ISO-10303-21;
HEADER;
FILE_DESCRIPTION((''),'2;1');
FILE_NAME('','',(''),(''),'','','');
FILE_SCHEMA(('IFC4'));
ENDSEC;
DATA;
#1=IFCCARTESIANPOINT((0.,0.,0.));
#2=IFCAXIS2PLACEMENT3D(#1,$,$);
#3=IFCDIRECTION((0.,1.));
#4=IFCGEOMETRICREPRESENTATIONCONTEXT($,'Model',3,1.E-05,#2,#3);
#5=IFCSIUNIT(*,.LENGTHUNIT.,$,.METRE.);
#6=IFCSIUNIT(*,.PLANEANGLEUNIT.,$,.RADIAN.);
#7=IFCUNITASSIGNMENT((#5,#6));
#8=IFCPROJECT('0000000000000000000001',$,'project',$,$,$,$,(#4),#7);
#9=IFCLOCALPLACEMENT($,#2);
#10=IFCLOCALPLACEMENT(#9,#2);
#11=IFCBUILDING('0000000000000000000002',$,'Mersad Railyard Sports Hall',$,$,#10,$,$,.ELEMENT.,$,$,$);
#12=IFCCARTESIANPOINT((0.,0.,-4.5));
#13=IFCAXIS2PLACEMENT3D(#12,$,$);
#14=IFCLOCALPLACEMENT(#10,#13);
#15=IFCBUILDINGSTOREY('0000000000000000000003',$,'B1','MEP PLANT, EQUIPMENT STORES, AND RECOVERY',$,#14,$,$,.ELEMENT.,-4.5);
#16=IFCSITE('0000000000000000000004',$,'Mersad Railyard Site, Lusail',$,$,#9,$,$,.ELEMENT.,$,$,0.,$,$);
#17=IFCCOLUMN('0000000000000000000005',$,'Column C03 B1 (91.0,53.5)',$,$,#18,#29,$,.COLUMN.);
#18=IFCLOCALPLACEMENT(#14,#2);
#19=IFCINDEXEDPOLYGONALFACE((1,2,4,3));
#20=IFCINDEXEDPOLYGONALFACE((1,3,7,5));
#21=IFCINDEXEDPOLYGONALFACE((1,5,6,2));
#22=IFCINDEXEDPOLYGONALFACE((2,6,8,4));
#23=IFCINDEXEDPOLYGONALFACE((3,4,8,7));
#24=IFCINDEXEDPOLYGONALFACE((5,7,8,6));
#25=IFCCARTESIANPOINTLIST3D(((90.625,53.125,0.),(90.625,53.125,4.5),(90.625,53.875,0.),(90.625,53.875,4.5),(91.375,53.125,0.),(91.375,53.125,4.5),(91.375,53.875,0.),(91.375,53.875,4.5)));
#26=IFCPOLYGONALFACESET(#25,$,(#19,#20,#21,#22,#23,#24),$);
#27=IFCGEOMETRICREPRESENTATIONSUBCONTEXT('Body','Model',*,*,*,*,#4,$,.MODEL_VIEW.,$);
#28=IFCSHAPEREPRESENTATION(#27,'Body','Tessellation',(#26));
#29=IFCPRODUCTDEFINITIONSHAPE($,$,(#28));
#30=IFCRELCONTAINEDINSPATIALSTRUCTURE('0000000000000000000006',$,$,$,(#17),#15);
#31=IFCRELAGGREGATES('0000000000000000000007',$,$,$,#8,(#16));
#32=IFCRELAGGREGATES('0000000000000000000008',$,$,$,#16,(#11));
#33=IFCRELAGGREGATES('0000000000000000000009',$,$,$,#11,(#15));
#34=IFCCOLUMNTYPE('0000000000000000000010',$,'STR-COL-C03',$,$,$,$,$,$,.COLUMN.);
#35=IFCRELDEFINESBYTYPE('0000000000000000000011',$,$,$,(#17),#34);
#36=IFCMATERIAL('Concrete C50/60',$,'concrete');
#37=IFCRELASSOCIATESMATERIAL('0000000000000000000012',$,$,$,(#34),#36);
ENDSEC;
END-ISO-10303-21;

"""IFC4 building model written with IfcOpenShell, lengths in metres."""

from ifc_helpers import new_model, si_unit, direction, frame, origin, origin_2d, place, context, subcontext, project, spatial, rectangle, extrude, material, material_profile, profile_set, type_object, element, save


model = new_model("IFC4")

# Units and contexts
model_context = context("Model", 3, precision=1e-05, world=origin(), true_north=direction((0.0, 1.0)))
body_context = subcontext(model_context, "Body", "Model", "MODEL_VIEW")
ifc_project = project(units=[si_unit("LENGTHUNIT", "METRE"), si_unit("PLANEANGLEUNIT", "RADIAN")], contexts=[model_context])

# Site, building, storey
site_placement = place(None, origin())
site = spatial("IfcSite", under=ifc_project, at=site_placement, Name="Mersad Railyard Site, Lusail", CompositionType="ELEMENT", RefElevation=0.0)
building_placement = place(site_placement, origin())
building = spatial("IfcBuilding", under=site, at=building_placement, Name="Mersad Railyard Sports Hall", CompositionType="ELEMENT")
storey_placement = place(building_placement, frame((0.0, 0.0, -4.5)))
storey = spatial("IfcBuildingStorey", under=building, at=storey_placement, Name="B1", Description="MEP PLANT, EQUIPMENT STORES, AND RECOVERY", CompositionType="ELEMENT", Elevation=-4.5)

# Column
ifc_material_1 = material(Name="Concrete C50/60", Category="concrete")
ifc_material_profile_1 = material_profile(ifc_material_1, rectangle(XDim=0.75, YDim=0.75, at=origin_2d()), Name="RC 750x750")
ifc_profile_set_1 = profile_set([ifc_material_profile_1], Name="Concrete C50/60")
column_type_1 = type_object("IfcColumnType", Name="STR-COL-C03", PredefinedType="COLUMN", material=ifc_profile_set_1)
for number, where, z_axis, x_axis, name in (
    (1, (91.0, 53.5, 0.0), (0.0, 0.0, 1.0), (1.0, 0.0, 0.0), "Column C03 B1 (91.0,53.5)"),
):
    element("IfcColumn", number, at=place(storey_placement, frame(where, z_axis=z_axis, x_axis=x_axis)), inside=storey, type_object=column_type_1, Name=name, PredefinedType="COLUMN", context=body_context, shape_type="SweptSolid", body=[
        extrude(rectangle(XDim=0.75, YDim=0.75, at=origin_2d()), origin(), (0.0, 0.0, 1.0), 4.5),
    ])

save(model, "model.ifc")
